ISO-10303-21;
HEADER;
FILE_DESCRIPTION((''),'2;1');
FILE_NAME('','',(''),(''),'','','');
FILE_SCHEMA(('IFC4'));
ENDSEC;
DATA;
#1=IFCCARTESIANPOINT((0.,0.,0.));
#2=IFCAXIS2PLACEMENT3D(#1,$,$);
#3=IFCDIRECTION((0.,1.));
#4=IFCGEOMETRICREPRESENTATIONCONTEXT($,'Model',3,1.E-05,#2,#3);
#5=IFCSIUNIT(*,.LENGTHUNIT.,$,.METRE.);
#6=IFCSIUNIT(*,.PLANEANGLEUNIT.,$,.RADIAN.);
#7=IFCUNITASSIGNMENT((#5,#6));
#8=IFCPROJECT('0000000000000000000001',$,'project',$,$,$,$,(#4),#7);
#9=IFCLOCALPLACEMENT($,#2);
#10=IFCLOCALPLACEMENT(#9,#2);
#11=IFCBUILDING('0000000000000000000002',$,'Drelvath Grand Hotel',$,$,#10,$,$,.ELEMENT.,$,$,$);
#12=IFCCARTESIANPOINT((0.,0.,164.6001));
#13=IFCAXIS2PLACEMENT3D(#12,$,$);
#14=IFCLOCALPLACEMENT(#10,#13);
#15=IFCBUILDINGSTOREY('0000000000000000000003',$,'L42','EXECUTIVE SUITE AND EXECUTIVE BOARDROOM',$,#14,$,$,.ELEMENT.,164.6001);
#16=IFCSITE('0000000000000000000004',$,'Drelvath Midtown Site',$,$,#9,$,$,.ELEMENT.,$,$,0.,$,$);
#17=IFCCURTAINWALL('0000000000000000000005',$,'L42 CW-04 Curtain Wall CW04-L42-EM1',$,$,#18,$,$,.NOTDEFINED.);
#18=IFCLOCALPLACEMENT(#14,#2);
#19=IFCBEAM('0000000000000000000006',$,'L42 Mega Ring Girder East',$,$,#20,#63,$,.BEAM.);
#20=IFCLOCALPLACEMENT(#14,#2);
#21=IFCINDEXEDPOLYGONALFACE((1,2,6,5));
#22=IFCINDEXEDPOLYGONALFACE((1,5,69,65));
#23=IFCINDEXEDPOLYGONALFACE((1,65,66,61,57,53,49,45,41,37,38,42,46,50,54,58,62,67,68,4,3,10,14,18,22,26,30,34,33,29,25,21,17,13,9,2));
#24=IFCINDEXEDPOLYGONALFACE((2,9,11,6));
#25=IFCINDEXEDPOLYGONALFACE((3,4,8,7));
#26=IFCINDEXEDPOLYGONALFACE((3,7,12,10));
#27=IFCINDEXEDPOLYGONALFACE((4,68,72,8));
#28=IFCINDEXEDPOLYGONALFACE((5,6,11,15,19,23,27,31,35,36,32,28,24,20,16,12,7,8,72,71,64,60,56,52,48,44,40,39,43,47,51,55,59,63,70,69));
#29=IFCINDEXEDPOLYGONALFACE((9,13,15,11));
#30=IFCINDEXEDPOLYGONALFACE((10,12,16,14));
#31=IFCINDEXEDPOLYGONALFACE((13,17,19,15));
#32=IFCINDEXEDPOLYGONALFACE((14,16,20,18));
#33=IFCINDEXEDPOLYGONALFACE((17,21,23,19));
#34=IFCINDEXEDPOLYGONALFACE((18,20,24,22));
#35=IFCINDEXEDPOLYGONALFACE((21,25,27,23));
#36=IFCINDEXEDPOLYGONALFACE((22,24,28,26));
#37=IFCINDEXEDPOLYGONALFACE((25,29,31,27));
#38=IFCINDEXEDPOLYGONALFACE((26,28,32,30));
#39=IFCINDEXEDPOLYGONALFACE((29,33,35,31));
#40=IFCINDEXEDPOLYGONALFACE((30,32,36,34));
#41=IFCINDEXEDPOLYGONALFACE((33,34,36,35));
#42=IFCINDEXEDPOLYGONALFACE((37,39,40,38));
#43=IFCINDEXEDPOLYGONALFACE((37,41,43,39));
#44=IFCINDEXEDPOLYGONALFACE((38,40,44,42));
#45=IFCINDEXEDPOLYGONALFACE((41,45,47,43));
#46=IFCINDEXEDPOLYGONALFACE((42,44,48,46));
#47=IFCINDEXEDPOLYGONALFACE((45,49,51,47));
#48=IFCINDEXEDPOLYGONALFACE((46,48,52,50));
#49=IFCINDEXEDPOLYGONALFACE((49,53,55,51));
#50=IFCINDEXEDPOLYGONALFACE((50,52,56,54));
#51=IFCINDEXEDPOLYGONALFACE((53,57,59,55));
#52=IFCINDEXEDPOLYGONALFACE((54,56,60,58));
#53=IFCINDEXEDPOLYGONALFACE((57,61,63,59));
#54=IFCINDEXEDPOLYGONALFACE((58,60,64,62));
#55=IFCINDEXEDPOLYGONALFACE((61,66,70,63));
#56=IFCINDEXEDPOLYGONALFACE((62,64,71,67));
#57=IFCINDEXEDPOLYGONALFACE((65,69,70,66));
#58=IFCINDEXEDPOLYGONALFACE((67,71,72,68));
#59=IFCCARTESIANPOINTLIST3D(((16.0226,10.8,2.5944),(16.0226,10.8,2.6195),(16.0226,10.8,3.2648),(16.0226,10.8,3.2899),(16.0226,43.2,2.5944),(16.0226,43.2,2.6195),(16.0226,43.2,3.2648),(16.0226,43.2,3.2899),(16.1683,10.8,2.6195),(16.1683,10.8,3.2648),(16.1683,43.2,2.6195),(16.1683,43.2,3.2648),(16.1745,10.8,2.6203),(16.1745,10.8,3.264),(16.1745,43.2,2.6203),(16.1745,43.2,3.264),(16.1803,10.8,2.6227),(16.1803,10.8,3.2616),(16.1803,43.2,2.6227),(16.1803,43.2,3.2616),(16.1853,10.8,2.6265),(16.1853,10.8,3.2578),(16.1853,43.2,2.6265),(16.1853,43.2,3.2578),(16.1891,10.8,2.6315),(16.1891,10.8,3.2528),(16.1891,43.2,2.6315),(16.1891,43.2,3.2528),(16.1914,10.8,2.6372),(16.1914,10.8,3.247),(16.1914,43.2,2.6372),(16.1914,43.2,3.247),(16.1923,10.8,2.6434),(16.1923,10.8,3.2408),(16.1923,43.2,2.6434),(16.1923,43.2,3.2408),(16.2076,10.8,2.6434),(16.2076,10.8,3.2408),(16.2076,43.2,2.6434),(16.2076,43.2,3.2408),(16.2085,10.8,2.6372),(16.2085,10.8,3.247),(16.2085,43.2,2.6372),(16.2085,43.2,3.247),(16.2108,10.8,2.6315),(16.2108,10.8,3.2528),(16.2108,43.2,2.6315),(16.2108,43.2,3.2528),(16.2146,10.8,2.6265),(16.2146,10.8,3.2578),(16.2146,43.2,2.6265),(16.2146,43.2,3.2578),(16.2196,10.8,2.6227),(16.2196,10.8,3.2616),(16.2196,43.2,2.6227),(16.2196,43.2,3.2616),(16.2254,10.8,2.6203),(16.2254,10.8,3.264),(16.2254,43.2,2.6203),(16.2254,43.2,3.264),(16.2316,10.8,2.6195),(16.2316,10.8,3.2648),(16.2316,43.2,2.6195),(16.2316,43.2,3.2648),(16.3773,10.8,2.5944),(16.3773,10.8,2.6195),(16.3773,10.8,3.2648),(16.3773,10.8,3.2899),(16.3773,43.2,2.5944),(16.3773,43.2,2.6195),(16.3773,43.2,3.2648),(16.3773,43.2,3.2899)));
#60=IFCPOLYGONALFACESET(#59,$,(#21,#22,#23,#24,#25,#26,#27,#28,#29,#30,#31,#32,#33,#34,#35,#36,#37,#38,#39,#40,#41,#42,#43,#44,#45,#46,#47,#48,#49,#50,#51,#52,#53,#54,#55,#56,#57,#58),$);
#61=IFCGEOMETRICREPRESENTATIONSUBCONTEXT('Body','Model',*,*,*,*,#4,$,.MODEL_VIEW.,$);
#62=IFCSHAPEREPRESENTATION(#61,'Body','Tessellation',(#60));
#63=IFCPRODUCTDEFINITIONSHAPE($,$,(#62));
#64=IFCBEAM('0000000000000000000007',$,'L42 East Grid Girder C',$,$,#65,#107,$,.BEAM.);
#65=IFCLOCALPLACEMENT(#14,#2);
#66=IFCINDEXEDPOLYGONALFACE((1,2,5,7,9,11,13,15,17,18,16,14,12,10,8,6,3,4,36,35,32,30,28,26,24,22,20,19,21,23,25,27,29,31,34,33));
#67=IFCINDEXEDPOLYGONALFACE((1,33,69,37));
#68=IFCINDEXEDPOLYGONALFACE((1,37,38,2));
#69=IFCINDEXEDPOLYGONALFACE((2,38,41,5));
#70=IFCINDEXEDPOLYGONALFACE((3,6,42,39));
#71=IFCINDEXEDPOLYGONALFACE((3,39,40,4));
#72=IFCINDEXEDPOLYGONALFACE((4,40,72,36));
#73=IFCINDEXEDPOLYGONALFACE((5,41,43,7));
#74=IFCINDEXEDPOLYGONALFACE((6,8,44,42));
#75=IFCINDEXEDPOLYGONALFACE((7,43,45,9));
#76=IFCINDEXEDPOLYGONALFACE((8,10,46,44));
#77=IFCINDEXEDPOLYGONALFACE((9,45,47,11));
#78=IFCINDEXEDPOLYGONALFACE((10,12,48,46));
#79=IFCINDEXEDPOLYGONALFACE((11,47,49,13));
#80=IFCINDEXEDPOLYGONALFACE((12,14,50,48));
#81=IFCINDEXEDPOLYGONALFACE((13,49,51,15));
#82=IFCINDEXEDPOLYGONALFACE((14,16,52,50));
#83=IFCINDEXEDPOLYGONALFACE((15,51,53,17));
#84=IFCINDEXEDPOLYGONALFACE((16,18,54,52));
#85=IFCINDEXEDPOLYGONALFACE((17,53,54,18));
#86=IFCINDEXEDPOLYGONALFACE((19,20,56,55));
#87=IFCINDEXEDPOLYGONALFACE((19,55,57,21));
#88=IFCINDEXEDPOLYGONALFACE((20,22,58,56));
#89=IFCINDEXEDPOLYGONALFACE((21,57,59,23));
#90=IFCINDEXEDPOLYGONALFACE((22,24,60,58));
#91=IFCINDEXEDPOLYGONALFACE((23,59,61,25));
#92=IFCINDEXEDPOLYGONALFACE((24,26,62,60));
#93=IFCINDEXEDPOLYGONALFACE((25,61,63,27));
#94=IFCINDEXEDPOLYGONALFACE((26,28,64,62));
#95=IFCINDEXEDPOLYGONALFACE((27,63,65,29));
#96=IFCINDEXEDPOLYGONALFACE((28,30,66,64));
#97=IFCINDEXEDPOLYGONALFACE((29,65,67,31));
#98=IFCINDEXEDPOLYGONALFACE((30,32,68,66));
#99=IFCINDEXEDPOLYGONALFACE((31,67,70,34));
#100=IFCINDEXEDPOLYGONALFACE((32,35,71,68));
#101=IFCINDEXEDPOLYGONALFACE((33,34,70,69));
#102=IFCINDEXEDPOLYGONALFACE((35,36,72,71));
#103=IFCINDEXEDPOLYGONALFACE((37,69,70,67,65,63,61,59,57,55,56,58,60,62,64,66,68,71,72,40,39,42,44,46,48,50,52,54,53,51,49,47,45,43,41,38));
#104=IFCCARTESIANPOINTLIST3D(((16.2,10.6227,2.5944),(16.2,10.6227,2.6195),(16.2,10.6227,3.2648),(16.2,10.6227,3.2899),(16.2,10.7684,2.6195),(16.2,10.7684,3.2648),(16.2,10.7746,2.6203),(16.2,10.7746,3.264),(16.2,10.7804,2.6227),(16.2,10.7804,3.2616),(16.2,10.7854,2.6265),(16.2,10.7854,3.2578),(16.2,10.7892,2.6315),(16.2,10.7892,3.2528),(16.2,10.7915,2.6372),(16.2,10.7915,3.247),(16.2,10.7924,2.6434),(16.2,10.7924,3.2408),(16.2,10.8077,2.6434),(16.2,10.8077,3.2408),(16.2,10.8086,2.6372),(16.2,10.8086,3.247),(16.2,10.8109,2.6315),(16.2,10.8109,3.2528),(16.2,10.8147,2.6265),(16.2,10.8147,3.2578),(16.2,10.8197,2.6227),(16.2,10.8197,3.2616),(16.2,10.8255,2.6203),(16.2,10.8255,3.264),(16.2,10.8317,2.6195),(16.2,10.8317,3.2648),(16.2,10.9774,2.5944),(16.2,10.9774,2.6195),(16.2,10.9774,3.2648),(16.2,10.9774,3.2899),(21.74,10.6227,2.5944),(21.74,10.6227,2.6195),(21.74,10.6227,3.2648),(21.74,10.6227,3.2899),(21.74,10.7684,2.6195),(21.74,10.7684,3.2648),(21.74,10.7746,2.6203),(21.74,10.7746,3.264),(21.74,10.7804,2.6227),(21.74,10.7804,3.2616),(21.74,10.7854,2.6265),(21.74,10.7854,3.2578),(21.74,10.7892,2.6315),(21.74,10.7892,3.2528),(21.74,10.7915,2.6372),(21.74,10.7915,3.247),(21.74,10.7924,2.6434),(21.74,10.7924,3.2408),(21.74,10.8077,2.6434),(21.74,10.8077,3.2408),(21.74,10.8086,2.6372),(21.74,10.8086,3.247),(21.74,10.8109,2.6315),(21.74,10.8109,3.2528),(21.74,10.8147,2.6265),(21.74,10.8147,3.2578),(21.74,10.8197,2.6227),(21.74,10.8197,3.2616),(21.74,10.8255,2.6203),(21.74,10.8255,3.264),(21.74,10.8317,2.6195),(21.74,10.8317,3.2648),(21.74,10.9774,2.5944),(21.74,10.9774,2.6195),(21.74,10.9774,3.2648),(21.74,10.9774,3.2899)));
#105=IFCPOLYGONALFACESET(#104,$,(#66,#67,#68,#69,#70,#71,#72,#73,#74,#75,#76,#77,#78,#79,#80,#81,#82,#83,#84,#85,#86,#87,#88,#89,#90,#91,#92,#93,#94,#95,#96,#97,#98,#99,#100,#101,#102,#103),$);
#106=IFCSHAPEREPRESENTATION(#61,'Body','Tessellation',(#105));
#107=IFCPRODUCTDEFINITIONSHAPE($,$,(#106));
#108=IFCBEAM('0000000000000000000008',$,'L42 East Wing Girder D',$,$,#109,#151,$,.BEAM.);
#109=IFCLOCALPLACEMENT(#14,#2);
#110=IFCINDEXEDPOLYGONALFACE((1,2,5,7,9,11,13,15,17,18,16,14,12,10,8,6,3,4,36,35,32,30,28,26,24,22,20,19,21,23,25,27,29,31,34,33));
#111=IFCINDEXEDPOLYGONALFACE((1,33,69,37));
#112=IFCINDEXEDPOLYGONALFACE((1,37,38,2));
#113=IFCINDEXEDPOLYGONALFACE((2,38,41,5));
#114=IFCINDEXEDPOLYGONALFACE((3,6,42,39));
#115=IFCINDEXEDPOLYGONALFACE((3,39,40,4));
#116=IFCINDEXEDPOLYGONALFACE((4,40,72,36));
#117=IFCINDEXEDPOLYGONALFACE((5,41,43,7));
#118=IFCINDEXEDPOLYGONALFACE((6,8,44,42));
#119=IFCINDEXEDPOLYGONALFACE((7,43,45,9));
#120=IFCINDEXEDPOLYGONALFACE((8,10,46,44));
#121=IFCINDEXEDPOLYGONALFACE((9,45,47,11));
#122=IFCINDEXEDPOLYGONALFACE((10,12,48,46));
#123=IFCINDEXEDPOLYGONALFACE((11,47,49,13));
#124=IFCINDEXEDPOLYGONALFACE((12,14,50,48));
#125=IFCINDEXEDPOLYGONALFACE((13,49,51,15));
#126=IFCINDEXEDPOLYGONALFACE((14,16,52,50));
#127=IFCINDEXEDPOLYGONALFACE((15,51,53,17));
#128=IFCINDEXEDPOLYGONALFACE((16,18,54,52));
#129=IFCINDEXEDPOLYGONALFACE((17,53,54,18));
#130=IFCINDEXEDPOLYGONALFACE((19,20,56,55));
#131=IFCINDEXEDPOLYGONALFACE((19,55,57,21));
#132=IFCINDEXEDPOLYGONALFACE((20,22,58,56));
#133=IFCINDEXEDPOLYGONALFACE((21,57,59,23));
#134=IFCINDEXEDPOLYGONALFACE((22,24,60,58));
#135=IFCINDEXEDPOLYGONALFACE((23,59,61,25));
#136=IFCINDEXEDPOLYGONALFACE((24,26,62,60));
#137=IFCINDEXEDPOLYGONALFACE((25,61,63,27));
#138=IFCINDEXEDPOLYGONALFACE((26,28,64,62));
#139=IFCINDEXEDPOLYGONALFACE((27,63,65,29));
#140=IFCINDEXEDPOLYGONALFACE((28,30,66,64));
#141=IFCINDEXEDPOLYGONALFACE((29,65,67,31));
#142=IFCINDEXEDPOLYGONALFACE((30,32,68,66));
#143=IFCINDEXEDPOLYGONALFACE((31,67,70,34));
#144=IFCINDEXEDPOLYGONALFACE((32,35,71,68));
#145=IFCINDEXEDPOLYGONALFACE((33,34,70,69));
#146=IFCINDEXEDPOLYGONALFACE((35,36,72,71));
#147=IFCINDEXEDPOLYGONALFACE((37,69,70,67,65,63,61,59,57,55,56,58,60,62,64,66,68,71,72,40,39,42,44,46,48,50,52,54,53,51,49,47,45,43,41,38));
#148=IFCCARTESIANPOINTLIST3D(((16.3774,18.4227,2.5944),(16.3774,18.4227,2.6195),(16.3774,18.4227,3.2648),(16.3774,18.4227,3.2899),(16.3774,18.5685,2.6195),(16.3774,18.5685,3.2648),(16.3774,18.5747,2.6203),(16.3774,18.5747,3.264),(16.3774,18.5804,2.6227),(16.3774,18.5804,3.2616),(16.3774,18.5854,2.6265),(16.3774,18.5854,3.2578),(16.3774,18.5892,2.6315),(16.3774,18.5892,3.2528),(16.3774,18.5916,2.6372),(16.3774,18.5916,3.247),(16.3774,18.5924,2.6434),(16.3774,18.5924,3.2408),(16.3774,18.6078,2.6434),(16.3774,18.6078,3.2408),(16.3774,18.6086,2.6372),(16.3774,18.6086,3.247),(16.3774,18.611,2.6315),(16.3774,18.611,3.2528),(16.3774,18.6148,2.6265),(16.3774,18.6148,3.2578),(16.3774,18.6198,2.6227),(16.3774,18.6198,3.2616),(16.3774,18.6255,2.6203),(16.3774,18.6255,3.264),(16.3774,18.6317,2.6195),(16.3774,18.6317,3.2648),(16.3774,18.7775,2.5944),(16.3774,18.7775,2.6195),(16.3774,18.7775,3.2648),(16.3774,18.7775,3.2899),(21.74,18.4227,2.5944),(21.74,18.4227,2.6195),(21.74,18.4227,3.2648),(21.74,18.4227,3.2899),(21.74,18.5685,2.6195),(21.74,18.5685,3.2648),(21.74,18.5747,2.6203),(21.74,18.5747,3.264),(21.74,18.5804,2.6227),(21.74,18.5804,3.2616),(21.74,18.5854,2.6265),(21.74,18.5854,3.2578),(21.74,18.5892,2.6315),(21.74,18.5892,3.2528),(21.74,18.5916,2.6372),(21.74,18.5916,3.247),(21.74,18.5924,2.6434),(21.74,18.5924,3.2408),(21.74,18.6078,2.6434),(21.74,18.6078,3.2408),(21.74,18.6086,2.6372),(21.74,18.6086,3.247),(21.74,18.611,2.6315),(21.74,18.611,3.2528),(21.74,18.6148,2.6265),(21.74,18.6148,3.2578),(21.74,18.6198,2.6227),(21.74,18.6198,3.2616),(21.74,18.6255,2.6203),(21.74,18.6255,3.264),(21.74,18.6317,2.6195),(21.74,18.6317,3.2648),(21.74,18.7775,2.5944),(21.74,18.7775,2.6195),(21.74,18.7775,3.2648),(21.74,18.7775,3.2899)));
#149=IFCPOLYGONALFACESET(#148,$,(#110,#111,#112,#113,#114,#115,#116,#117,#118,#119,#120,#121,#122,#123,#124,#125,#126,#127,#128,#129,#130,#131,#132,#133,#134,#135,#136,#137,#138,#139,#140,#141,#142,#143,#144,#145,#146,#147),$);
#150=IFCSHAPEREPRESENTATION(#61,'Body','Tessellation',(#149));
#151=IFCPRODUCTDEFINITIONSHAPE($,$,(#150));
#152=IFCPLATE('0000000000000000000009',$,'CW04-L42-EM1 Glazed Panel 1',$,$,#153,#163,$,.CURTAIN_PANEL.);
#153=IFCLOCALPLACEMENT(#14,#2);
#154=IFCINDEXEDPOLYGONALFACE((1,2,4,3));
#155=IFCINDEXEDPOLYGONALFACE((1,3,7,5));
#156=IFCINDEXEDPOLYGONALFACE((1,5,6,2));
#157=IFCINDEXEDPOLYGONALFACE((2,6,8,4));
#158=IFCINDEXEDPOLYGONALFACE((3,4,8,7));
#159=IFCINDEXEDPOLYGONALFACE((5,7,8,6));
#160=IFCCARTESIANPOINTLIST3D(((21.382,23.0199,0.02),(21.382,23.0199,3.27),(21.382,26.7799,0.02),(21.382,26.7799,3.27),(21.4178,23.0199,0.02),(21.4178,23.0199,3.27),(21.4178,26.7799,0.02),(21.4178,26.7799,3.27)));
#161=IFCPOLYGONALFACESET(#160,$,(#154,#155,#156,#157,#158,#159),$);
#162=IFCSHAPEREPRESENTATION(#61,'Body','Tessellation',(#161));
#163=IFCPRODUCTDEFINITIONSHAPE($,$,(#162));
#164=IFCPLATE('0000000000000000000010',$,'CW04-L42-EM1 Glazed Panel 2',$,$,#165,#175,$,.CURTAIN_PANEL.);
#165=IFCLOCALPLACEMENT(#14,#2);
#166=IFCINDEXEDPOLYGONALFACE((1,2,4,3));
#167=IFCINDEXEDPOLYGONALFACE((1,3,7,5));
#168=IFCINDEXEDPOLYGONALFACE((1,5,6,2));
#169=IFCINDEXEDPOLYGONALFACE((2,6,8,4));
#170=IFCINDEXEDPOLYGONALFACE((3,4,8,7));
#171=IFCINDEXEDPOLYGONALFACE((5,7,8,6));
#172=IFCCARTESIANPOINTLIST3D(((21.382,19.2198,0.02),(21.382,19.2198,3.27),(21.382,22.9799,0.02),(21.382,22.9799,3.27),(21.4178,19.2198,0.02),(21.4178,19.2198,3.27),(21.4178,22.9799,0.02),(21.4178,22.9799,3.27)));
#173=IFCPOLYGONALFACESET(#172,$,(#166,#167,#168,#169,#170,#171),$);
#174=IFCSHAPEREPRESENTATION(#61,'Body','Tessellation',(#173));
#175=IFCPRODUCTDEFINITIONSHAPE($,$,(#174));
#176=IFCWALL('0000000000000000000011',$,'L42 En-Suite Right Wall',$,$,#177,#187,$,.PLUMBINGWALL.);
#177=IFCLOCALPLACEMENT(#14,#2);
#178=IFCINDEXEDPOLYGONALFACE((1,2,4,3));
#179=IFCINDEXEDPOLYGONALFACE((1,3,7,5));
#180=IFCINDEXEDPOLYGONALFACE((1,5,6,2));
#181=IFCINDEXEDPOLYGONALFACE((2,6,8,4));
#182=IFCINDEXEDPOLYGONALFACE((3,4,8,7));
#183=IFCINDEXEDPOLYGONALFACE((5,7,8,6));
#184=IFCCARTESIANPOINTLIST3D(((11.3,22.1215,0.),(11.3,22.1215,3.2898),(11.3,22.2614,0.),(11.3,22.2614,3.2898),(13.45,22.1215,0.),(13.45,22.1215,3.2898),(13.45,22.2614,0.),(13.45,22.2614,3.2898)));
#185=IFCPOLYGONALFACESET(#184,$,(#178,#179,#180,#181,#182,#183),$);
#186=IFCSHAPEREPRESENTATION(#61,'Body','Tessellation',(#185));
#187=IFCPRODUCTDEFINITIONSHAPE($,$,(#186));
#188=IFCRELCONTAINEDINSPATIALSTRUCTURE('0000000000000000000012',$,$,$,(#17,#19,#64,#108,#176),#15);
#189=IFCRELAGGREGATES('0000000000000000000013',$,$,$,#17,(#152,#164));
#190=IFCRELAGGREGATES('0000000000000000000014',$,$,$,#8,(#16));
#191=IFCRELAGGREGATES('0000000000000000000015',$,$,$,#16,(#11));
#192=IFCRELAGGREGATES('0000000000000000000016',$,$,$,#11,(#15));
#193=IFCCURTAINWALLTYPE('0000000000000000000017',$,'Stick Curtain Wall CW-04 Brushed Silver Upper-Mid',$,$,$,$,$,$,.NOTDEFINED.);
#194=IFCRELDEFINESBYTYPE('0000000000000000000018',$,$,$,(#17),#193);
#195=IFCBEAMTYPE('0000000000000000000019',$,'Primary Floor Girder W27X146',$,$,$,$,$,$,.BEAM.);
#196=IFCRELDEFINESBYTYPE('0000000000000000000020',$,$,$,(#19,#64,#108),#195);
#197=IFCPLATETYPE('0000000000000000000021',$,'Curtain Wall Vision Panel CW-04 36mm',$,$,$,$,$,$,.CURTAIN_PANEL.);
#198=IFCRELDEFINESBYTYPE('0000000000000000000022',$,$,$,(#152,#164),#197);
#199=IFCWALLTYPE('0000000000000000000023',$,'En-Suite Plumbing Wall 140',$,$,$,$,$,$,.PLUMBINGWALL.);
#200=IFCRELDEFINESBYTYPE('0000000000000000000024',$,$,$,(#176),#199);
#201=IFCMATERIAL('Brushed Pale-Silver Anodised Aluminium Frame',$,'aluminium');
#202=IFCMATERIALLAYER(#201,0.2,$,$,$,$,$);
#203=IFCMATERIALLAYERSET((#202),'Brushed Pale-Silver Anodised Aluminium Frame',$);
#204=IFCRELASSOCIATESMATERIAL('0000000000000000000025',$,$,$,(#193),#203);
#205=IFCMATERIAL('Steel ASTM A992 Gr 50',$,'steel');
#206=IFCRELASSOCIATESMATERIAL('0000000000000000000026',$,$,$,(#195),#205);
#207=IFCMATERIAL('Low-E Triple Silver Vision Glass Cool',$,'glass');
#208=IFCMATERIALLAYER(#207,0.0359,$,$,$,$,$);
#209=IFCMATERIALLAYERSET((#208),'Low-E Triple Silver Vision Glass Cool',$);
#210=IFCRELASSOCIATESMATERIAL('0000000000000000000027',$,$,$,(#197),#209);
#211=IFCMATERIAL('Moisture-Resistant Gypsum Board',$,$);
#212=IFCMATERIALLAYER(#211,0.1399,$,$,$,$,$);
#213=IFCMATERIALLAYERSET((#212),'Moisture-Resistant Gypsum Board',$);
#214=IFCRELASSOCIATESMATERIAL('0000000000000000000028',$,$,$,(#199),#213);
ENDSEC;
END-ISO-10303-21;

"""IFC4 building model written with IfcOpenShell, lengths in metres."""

from ifc_helpers import new_model, si_unit, direction, frame, frame_2d, origin, origin_2d, place, context, subcontext, project, spatial, rectangle, i_section, extrude, material, layer, layer_set, material_profile, profile_set, type_object, element, aggregate, save


model = new_model("IFC4")

# Units and contexts
model_context = context("Model", 3, precision=1e-05, world=origin(), true_north=direction((0.0, 1.0)))
body_context = subcontext(model_context, "Body", "Model", "MODEL_VIEW")
ifc_project = project(units=[si_unit("LENGTHUNIT", "METRE"), si_unit("PLANEANGLEUNIT", "RADIAN")], contexts=[model_context])

# Site, building, storey
site_placement = place(None, origin())
site = spatial("IfcSite", under=ifc_project, at=site_placement, Name="Drelvath Midtown Site", CompositionType="ELEMENT", RefElevation=0.0)
building_placement = place(site_placement, origin())
building = spatial("IfcBuilding", under=site, at=building_placement, Name="Drelvath Grand Hotel", CompositionType="ELEMENT")
storey_placement = place(building_placement, frame((0.0, 0.0, 164.6001)))
storey = spatial("IfcBuildingStorey", under=building, at=storey_placement, Name="L42", Description="EXECUTIVE SUITE AND EXECUTIVE BOARDROOM", CompositionType="ELEMENT", Elevation=164.6001)

# Shared definitions
ifc_material_1 = material(Name="Steel ASTM A992 Gr 50", Category="steel")

# Shared definitions
ifc_material_2 = material(Name="Brushed Pale-Silver Anodised Aluminium Frame", Category="aluminium")
ifc_layer_1 = layer(ifc_material_2, 0.2)
ifc_layer_set_1 = layer_set([ifc_layer_1], Name="Brushed Pale-Silver Anodised Aluminium Frame")
curtain_wall_type = type_object("IfcCurtainWallType", Name="Stick Curtain Wall CW-04 Brushed Silver Upper-Mid", PredefinedType="NOTDEFINED", material=ifc_layer_set_1)

# Curtain wall
curtain_wall_1_placement = place(storey_placement, origin())
curtain_wall_1 = element("IfcCurtainWall", 1, at=curtain_wall_1_placement, inside=storey, type_object=curtain_wall_type, Name="L42 CW-04 Curtain Wall CW04-L42-EM1", PredefinedType="NOTDEFINED")

# Beams
ifc_material_profile_1 = material_profile(ifc_material_1, i_section(OverallWidth=0.3547, OverallDepth=0.6956, WebThickness=0.0154, FlangeThickness=0.0251, FilletRadius=0.0239, at=origin_2d()), Name="W27X146")
ifc_profile_set_1 = profile_set([ifc_material_profile_1], Name="Steel ASTM A992 Gr 50")
beam_type_1 = type_object("IfcBeamType", Name="Primary Floor Girder W27X146", PredefinedType="BEAM", material=ifc_profile_set_1)
beam_1_placement = place(storey_placement, frame((16.2, 10.8, 2.9421), z_axis=(0.0, 1.0, 0.0), x_axis=(-1.0, 0.0, 0.0)))
element("IfcBeam", 2, at=beam_1_placement, inside=storey, type_object=beam_type_1, Name="L42 Mega Ring Girder East", PredefinedType="BEAM", context=body_context, shape_type="SweptSolid", body=[
    extrude(i_section(OverallWidth=0.3547, OverallDepth=0.6956, WebThickness=0.0154, FlangeThickness=0.0251, FilletRadius=0.0239, at=origin_2d()), origin(), (0.0, 0.0, 1.0), 32.3999),
])
beam_2_placement = place(storey_placement, frame((16.2, 10.8, 2.9421), z_axis=(1.0, 0.0, 0.0), x_axis=(0.0, 1.0, 0.0)))
element("IfcBeam", 3, at=beam_2_placement, inside=storey, type_object=beam_type_1, Name="L42 East Grid Girder C", PredefinedType="BEAM", context=body_context, shape_type="SweptSolid", body=[
    extrude(i_section(OverallWidth=0.3547, OverallDepth=0.6956, WebThickness=0.0154, FlangeThickness=0.0251, FilletRadius=0.0239, at=origin_2d()), origin(), (0.0, 0.0, 1.0), 5.54),
])
beam_3_placement = place(storey_placement, frame((16.3774, 18.6001, 2.9421), z_axis=(1.0, 0.0, 0.0), x_axis=(0.0, 1.0, 0.0)))
element("IfcBeam", 4, at=beam_3_placement, inside=storey, type_object=beam_type_1, Name="L42 East Wing Girder D", PredefinedType="BEAM", context=body_context, shape_type="SweptSolid", body=[
    extrude(i_section(OverallWidth=0.3547, OverallDepth=0.6956, WebThickness=0.0154, FlangeThickness=0.0251, FilletRadius=0.0239, at=origin_2d()), origin(), (0.0, 0.0, 1.0), 5.3625),
])

# Plates
ifc_material_3 = material(Name="Low-E Triple Silver Vision Glass Cool", Category="glass")
ifc_layer_2 = layer(ifc_material_3, 0.0359)
ifc_layer_set_2 = layer_set([ifc_layer_2], Name="Low-E Triple Silver Vision Glass Cool")
plate_type = type_object("IfcPlateType", Name="Curtain Wall Vision Panel CW-04 36mm", PredefinedType="CURTAIN_PANEL", material=ifc_layer_set_2)
plate_1_placement = place(storey_placement, frame((21.3999, 24.8999, 0.02), z_axis=(0.0, 0.0, 1.0), x_axis=(0.0, -1.0, 0.0)))
plate_1 = element("IfcPlate", 5, at=plate_1_placement, type_object=plate_type, Name="CW04-L42-EM1 Glazed Panel 1", PredefinedType="CURTAIN_PANEL", context=body_context, shape_type="SweptSolid", body=[
    extrude(rectangle(XDim=3.76, YDim=0.0359, at=origin_2d()), origin(), (0.0, 0.0, 1.0), 3.25),
])
plate_2_placement = place(storey_placement, frame((21.3999, 21.0999, 0.02), z_axis=(0.0, 0.0, 1.0), x_axis=(0.0, -1.0, 0.0)))
plate_2 = element("IfcPlate", 6, at=plate_2_placement, type_object=plate_type, Name="CW04-L42-EM1 Glazed Panel 2", PredefinedType="CURTAIN_PANEL", context=body_context, shape_type="SweptSolid", body=[
    extrude(rectangle(XDim=3.76, YDim=0.0359, at=origin_2d()), origin(), (0.0, 0.0, 1.0), 3.25),
])
aggregate(curtain_wall_1, [plate_1, plate_2])

# Wall
ifc_material_4 = material(Name="Moisture-Resistant Gypsum Board")
ifc_layer_3 = layer(ifc_material_4, 0.1399)
ifc_layer_set_3 = layer_set([ifc_layer_3], Name="Moisture-Resistant Gypsum Board")
wall_type_1 = type_object("IfcWallType", Name="En-Suite Plumbing Wall 140", PredefinedType="PLUMBINGWALL", material=ifc_layer_set_3)
wall_1_placement = place(storey_placement, frame((11.3, 22.1914, 0.0), z_axis=(0.0, 0.0, 1.0), x_axis=(1.0, 0.0, 0.0)))
element("IfcWall", 7, at=wall_1_placement, inside=storey, type_object=wall_type_1, Name="L42 En-Suite Right Wall", PredefinedType="PLUMBINGWALL", context=body_context, shape_type="SweptSolid", body=[
    extrude(rectangle(XDim=2.1499, YDim=0.1399, at=frame_2d((1.075, 0.0))), origin(), (0.0, 0.0, 1.0), 3.2898),
])

save(model, "model.ifc")
